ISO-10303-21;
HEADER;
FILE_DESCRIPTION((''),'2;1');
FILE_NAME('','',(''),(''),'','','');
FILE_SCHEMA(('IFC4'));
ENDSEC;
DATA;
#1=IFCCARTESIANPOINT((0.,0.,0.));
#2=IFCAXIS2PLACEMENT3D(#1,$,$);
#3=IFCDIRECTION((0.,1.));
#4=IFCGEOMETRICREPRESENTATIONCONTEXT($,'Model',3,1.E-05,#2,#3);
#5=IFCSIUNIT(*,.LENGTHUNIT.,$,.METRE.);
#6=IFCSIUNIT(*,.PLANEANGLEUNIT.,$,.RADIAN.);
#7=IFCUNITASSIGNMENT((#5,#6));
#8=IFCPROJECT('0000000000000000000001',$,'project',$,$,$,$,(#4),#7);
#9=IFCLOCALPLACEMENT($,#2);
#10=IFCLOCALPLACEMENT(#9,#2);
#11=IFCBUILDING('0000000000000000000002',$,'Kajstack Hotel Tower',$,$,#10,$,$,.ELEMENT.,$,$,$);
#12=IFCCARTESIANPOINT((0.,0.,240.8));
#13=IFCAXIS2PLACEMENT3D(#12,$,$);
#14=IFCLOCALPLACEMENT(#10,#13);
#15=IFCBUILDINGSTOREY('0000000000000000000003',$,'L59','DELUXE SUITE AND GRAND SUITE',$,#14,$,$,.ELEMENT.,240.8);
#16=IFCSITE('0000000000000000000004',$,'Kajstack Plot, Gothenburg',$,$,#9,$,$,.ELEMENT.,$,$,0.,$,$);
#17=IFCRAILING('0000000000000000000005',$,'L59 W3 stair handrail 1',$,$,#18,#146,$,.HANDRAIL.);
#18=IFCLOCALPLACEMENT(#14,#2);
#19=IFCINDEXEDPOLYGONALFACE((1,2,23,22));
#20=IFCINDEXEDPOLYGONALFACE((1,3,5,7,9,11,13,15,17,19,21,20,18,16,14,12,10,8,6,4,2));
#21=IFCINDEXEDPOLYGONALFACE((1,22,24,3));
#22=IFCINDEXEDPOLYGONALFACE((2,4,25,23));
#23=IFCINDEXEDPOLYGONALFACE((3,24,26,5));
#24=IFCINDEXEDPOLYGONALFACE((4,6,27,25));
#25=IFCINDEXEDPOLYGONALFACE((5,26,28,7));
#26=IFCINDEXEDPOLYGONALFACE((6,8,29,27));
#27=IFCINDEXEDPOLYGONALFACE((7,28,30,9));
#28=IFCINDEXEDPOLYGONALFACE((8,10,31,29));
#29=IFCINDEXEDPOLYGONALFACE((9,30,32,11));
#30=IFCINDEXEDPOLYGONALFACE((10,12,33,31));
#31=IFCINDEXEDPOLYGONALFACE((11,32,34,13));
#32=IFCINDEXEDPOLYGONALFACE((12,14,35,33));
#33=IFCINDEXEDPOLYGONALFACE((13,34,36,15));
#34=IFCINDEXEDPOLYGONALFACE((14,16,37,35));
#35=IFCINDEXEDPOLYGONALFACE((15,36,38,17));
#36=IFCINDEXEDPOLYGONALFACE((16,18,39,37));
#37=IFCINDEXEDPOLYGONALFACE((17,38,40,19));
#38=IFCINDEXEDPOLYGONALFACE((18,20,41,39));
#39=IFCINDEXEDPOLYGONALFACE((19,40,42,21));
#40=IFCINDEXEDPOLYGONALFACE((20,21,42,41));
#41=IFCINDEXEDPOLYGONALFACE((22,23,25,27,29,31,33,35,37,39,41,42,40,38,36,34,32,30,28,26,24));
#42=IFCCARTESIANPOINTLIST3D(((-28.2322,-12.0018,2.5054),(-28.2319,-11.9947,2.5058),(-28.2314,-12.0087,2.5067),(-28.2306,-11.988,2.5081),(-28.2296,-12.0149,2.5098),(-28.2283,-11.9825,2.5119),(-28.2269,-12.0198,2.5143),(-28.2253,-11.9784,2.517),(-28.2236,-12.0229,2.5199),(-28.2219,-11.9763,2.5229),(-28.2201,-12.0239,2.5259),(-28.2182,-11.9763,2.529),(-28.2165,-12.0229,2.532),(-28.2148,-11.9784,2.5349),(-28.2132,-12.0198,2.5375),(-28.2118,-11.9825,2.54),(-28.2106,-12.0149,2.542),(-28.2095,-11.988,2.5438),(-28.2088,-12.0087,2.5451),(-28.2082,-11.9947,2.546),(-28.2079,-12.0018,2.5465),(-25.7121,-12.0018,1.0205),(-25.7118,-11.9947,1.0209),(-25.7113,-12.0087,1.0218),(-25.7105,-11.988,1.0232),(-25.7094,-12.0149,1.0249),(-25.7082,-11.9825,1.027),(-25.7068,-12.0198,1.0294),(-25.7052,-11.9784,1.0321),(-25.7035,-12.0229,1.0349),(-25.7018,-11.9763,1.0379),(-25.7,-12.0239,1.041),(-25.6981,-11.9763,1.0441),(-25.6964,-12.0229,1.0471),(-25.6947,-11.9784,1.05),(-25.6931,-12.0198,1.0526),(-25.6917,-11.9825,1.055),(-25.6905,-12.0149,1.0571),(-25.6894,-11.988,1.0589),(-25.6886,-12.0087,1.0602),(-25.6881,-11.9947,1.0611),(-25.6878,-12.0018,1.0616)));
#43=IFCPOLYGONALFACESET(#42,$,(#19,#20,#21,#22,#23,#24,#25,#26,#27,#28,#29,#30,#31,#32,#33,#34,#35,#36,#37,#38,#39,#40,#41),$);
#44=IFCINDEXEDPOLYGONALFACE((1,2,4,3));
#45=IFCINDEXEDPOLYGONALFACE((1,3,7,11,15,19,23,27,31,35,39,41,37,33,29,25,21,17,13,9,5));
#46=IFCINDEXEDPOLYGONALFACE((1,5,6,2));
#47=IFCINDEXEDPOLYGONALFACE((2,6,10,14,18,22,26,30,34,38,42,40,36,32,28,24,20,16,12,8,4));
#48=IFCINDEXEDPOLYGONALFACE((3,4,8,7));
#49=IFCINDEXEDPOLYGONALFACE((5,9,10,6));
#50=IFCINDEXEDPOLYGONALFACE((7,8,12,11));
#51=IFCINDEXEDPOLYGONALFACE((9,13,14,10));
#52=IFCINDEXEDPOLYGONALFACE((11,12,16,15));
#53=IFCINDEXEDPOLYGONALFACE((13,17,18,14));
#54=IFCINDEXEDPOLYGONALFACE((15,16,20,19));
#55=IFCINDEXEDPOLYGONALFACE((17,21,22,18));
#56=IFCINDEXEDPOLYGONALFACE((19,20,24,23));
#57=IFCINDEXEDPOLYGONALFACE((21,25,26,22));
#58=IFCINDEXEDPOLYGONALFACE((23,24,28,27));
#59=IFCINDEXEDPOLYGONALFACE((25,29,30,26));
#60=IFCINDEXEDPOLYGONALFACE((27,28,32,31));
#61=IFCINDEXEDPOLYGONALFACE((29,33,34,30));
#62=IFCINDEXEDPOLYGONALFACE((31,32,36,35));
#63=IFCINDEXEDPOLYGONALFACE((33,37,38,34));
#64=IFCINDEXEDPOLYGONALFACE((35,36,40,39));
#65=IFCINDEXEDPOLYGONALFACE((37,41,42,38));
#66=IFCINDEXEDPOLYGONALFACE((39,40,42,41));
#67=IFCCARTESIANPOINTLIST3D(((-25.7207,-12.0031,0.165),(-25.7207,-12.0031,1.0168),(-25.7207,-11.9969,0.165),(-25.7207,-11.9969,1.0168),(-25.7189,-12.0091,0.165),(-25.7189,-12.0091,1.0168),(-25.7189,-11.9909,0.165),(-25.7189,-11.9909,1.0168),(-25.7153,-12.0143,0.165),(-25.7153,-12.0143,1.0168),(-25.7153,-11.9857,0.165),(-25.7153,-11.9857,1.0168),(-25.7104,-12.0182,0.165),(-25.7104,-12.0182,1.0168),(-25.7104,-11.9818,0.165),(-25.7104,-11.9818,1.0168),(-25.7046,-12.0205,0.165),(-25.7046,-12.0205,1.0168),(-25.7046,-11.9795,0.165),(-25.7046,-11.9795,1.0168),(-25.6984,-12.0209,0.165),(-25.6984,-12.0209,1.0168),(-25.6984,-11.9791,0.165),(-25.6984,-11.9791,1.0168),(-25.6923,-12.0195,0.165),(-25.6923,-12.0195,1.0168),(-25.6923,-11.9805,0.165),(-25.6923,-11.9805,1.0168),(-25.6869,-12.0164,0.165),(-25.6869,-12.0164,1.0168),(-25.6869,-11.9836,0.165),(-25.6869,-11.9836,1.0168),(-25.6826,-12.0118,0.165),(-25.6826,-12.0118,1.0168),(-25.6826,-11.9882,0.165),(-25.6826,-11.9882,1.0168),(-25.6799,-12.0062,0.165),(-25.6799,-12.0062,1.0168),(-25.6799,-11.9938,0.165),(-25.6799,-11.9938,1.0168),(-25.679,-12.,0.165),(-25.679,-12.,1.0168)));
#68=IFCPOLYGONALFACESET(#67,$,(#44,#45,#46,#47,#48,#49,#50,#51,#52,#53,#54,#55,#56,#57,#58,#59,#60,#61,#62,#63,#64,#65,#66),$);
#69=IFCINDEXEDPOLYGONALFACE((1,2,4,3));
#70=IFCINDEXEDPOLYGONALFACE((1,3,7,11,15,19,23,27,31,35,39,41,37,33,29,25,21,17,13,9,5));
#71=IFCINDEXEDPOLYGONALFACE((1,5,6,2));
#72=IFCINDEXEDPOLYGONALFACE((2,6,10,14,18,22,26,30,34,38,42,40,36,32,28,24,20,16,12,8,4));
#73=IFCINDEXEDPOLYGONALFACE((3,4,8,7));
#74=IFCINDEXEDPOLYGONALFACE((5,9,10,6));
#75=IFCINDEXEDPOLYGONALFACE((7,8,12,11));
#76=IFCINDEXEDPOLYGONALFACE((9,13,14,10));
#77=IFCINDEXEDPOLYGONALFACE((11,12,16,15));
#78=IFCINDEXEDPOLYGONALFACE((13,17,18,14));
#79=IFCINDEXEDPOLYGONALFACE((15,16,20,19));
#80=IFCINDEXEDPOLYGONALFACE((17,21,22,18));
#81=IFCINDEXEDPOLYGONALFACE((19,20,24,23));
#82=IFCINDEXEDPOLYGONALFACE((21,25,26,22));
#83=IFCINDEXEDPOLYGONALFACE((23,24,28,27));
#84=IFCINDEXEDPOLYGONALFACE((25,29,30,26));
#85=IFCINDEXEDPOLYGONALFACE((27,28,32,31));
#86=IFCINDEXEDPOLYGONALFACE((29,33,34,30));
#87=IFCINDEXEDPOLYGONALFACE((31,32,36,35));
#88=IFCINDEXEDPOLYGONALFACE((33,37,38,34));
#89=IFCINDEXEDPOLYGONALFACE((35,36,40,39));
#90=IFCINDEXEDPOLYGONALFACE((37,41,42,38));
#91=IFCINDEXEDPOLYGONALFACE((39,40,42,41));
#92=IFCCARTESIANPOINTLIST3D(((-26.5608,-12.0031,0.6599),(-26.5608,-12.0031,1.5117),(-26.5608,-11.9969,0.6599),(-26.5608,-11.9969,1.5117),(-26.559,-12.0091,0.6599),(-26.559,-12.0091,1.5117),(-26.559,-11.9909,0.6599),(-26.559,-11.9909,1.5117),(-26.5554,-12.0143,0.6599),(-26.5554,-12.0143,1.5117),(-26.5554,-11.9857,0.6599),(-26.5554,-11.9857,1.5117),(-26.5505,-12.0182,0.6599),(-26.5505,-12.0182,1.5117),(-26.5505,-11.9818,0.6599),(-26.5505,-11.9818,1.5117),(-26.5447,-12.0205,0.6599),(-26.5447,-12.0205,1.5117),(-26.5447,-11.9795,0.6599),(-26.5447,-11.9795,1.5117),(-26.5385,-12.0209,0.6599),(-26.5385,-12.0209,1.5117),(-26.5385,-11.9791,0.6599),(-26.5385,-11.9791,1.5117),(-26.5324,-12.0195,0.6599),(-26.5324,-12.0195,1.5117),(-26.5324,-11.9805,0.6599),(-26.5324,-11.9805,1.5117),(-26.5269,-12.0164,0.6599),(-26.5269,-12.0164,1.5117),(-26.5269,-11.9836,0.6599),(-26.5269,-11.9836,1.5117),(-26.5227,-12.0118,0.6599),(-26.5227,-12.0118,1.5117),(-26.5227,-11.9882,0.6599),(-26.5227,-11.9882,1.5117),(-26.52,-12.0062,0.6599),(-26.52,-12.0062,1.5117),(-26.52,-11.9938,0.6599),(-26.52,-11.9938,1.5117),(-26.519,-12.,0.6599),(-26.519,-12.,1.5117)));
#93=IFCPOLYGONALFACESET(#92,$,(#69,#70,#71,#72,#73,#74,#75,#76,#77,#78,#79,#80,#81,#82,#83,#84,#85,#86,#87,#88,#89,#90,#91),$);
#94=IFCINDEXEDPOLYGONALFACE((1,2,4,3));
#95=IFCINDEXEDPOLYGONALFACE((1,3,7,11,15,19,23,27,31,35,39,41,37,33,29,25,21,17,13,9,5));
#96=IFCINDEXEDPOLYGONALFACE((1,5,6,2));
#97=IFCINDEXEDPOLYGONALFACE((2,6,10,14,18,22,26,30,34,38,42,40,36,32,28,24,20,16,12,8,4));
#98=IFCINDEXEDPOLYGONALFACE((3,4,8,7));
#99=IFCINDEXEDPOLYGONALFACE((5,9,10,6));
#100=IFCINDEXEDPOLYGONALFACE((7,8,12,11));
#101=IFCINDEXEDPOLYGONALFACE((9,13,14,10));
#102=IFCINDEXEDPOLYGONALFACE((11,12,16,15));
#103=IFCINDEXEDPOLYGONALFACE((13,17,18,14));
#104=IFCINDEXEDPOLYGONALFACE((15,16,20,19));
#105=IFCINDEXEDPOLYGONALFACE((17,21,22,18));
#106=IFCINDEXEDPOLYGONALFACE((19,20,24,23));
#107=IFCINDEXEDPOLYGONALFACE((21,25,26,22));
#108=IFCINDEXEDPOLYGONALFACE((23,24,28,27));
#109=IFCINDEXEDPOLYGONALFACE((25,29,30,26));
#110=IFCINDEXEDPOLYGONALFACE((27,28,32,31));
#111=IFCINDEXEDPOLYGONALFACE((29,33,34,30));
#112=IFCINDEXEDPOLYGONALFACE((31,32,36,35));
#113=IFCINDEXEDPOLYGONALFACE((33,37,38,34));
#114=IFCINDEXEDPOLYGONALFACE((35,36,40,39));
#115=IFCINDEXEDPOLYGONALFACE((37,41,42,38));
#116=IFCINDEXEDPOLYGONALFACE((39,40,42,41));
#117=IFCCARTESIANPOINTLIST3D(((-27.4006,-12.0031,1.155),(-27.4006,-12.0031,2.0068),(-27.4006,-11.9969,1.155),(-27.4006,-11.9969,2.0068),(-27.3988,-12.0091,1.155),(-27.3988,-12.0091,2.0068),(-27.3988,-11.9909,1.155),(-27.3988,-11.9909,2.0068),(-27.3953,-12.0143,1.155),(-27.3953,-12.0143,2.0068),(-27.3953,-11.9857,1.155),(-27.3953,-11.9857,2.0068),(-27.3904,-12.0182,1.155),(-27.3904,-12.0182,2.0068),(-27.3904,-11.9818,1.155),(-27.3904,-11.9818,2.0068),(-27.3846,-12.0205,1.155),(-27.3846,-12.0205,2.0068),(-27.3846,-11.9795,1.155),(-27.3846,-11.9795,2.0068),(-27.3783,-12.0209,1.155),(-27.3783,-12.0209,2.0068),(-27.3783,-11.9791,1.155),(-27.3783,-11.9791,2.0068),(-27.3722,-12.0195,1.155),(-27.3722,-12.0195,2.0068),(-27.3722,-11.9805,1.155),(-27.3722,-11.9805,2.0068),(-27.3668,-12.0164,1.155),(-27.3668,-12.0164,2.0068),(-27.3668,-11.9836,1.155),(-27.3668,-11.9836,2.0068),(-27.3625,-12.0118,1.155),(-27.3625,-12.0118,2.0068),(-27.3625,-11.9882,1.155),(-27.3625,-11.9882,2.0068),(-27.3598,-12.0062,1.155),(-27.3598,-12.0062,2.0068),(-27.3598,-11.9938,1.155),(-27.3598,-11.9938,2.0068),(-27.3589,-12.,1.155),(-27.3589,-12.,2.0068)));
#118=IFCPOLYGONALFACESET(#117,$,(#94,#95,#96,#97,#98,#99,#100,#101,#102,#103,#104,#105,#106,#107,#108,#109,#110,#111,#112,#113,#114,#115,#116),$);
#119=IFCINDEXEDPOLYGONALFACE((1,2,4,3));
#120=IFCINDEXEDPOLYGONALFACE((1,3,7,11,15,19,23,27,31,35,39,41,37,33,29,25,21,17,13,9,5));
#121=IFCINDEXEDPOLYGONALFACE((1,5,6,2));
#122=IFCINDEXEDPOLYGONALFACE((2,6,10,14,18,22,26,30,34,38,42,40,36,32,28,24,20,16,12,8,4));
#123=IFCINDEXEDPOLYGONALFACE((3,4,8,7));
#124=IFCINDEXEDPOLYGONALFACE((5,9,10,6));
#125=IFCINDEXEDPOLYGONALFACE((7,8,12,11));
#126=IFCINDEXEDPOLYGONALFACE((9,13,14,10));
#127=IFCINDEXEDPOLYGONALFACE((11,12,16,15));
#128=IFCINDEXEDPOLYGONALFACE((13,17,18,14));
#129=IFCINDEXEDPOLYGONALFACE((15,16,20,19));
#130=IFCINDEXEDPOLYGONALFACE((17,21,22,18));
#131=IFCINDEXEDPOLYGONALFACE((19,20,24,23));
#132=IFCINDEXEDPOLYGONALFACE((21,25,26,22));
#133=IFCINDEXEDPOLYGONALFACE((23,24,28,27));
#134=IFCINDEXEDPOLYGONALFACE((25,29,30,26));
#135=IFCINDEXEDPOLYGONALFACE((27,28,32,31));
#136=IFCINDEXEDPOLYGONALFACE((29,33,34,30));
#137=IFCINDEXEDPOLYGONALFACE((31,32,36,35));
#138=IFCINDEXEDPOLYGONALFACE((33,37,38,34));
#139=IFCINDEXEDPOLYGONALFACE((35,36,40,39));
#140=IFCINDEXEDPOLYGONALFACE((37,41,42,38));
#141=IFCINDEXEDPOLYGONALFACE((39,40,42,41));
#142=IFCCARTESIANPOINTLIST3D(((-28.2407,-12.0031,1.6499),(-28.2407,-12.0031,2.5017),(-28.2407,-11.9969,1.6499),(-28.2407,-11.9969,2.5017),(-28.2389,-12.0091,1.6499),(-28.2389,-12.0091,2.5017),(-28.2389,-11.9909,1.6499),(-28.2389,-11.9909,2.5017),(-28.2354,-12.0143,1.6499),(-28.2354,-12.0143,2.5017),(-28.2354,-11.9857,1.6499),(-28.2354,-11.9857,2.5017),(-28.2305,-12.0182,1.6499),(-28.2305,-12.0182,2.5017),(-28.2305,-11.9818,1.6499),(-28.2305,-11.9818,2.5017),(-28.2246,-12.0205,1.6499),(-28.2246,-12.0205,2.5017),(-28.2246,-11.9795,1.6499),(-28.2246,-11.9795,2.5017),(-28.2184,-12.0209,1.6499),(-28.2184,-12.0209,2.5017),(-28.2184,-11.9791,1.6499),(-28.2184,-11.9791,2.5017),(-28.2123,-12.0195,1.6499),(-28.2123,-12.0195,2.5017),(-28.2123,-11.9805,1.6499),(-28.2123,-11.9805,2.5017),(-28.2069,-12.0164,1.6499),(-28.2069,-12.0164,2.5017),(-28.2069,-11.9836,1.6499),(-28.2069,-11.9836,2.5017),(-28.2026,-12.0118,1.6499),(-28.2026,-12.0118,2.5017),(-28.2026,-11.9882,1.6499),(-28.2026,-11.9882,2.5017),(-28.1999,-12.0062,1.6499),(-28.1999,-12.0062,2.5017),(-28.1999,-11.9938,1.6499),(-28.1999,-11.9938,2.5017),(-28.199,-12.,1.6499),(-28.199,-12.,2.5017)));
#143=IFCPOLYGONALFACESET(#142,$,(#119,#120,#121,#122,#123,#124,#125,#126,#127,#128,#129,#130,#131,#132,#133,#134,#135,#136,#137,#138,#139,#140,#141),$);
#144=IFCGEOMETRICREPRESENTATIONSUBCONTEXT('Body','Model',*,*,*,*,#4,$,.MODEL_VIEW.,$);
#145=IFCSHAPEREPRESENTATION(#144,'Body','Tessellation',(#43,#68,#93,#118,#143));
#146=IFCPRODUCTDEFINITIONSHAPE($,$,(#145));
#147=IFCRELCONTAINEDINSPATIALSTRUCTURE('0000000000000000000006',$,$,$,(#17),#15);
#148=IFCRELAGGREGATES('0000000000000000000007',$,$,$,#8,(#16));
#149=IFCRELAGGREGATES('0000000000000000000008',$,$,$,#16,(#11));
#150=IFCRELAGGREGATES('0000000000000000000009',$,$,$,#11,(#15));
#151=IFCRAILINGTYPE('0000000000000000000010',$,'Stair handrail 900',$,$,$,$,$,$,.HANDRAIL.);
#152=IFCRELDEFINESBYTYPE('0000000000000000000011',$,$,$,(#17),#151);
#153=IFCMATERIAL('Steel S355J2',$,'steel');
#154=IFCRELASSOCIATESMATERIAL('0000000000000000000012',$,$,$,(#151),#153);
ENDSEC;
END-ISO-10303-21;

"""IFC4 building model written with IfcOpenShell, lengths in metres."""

from ifc_helpers import new_model, si_unit, direction, frame, origin, origin_2d, place, context, subcontext, project, spatial, circle, extrude, material, type_object, element, save


model = new_model("IFC4")

# Units and contexts
model_context = context("Model", 3, precision=1e-05, world=origin(), true_north=direction((0.0, 1.0)))
body_context = subcontext(model_context, "Body", "Model", "MODEL_VIEW")
ifc_project = project(units=[si_unit("LENGTHUNIT", "METRE"), si_unit("PLANEANGLEUNIT", "RADIAN")], contexts=[model_context])

# Site, building, storey
site_placement = place(None, origin())
site = spatial("IfcSite", under=ifc_project, at=site_placement, Name="Kajstack Plot, Gothenburg", CompositionType="ELEMENT", RefElevation=0.0)
building_placement = place(site_placement, origin())
building = spatial("IfcBuilding", under=site, at=building_placement, Name="Kajstack Hotel Tower", CompositionType="ELEMENT")
storey_placement = place(building_placement, frame((0.0, 0.0, 240.8)))
storey = spatial("IfcBuildingStorey", under=building, at=storey_placement, Name="L59", Description="DELUXE SUITE AND GRAND SUITE", CompositionType="ELEMENT", Elevation=240.8)

# Railing
ifc_material_1 = material(Name="Steel S355J2", Category="steel")
railing_type_1 = type_object("IfcRailingType", Name="Stair handrail 900", PredefinedType="HANDRAIL", material=ifc_material_1)
railing_1_placement = place(storey_placement, frame((-25.7, -12.0, 0.165)))
element("IfcRailing", 1, at=railing_1_placement, inside=storey, type_object=railing_type_1, Name="L59 W3 stair handrail 1", PredefinedType="HANDRAIL", context=body_context, shape_type="SweptSolid", body=[
    extrude(circle(Radius=0.0239, at=origin_2d()), frame((0.0, 0.0, 0.876), z_axis=(-0.861561, 0.0, 0.507655), x_axis=(0.0, -1.0, 0.0)), (0.0, 0.0, 1.0), 2.925),
    extrude(circle(Radius=0.021, at=origin_2d()), origin(), (0.0, 0.0, 1.0), 0.8518),
    extrude(circle(Radius=0.021, at=origin_2d()), frame((-0.8401, 0.0, 0.4949)), (0.0, 0.0, 1.0), 0.8518),
    extrude(circle(Radius=0.021, at=origin_2d()), frame((-1.6799, 0.0, 0.99)), (0.0, 0.0, 1.0), 0.8518),
    extrude(circle(Radius=0.021, at=origin_2d()), frame((-2.52, 0.0, 1.4849)), (0.0, 0.0, 1.0), 0.8518),
])

save(model, "model.ifc")
